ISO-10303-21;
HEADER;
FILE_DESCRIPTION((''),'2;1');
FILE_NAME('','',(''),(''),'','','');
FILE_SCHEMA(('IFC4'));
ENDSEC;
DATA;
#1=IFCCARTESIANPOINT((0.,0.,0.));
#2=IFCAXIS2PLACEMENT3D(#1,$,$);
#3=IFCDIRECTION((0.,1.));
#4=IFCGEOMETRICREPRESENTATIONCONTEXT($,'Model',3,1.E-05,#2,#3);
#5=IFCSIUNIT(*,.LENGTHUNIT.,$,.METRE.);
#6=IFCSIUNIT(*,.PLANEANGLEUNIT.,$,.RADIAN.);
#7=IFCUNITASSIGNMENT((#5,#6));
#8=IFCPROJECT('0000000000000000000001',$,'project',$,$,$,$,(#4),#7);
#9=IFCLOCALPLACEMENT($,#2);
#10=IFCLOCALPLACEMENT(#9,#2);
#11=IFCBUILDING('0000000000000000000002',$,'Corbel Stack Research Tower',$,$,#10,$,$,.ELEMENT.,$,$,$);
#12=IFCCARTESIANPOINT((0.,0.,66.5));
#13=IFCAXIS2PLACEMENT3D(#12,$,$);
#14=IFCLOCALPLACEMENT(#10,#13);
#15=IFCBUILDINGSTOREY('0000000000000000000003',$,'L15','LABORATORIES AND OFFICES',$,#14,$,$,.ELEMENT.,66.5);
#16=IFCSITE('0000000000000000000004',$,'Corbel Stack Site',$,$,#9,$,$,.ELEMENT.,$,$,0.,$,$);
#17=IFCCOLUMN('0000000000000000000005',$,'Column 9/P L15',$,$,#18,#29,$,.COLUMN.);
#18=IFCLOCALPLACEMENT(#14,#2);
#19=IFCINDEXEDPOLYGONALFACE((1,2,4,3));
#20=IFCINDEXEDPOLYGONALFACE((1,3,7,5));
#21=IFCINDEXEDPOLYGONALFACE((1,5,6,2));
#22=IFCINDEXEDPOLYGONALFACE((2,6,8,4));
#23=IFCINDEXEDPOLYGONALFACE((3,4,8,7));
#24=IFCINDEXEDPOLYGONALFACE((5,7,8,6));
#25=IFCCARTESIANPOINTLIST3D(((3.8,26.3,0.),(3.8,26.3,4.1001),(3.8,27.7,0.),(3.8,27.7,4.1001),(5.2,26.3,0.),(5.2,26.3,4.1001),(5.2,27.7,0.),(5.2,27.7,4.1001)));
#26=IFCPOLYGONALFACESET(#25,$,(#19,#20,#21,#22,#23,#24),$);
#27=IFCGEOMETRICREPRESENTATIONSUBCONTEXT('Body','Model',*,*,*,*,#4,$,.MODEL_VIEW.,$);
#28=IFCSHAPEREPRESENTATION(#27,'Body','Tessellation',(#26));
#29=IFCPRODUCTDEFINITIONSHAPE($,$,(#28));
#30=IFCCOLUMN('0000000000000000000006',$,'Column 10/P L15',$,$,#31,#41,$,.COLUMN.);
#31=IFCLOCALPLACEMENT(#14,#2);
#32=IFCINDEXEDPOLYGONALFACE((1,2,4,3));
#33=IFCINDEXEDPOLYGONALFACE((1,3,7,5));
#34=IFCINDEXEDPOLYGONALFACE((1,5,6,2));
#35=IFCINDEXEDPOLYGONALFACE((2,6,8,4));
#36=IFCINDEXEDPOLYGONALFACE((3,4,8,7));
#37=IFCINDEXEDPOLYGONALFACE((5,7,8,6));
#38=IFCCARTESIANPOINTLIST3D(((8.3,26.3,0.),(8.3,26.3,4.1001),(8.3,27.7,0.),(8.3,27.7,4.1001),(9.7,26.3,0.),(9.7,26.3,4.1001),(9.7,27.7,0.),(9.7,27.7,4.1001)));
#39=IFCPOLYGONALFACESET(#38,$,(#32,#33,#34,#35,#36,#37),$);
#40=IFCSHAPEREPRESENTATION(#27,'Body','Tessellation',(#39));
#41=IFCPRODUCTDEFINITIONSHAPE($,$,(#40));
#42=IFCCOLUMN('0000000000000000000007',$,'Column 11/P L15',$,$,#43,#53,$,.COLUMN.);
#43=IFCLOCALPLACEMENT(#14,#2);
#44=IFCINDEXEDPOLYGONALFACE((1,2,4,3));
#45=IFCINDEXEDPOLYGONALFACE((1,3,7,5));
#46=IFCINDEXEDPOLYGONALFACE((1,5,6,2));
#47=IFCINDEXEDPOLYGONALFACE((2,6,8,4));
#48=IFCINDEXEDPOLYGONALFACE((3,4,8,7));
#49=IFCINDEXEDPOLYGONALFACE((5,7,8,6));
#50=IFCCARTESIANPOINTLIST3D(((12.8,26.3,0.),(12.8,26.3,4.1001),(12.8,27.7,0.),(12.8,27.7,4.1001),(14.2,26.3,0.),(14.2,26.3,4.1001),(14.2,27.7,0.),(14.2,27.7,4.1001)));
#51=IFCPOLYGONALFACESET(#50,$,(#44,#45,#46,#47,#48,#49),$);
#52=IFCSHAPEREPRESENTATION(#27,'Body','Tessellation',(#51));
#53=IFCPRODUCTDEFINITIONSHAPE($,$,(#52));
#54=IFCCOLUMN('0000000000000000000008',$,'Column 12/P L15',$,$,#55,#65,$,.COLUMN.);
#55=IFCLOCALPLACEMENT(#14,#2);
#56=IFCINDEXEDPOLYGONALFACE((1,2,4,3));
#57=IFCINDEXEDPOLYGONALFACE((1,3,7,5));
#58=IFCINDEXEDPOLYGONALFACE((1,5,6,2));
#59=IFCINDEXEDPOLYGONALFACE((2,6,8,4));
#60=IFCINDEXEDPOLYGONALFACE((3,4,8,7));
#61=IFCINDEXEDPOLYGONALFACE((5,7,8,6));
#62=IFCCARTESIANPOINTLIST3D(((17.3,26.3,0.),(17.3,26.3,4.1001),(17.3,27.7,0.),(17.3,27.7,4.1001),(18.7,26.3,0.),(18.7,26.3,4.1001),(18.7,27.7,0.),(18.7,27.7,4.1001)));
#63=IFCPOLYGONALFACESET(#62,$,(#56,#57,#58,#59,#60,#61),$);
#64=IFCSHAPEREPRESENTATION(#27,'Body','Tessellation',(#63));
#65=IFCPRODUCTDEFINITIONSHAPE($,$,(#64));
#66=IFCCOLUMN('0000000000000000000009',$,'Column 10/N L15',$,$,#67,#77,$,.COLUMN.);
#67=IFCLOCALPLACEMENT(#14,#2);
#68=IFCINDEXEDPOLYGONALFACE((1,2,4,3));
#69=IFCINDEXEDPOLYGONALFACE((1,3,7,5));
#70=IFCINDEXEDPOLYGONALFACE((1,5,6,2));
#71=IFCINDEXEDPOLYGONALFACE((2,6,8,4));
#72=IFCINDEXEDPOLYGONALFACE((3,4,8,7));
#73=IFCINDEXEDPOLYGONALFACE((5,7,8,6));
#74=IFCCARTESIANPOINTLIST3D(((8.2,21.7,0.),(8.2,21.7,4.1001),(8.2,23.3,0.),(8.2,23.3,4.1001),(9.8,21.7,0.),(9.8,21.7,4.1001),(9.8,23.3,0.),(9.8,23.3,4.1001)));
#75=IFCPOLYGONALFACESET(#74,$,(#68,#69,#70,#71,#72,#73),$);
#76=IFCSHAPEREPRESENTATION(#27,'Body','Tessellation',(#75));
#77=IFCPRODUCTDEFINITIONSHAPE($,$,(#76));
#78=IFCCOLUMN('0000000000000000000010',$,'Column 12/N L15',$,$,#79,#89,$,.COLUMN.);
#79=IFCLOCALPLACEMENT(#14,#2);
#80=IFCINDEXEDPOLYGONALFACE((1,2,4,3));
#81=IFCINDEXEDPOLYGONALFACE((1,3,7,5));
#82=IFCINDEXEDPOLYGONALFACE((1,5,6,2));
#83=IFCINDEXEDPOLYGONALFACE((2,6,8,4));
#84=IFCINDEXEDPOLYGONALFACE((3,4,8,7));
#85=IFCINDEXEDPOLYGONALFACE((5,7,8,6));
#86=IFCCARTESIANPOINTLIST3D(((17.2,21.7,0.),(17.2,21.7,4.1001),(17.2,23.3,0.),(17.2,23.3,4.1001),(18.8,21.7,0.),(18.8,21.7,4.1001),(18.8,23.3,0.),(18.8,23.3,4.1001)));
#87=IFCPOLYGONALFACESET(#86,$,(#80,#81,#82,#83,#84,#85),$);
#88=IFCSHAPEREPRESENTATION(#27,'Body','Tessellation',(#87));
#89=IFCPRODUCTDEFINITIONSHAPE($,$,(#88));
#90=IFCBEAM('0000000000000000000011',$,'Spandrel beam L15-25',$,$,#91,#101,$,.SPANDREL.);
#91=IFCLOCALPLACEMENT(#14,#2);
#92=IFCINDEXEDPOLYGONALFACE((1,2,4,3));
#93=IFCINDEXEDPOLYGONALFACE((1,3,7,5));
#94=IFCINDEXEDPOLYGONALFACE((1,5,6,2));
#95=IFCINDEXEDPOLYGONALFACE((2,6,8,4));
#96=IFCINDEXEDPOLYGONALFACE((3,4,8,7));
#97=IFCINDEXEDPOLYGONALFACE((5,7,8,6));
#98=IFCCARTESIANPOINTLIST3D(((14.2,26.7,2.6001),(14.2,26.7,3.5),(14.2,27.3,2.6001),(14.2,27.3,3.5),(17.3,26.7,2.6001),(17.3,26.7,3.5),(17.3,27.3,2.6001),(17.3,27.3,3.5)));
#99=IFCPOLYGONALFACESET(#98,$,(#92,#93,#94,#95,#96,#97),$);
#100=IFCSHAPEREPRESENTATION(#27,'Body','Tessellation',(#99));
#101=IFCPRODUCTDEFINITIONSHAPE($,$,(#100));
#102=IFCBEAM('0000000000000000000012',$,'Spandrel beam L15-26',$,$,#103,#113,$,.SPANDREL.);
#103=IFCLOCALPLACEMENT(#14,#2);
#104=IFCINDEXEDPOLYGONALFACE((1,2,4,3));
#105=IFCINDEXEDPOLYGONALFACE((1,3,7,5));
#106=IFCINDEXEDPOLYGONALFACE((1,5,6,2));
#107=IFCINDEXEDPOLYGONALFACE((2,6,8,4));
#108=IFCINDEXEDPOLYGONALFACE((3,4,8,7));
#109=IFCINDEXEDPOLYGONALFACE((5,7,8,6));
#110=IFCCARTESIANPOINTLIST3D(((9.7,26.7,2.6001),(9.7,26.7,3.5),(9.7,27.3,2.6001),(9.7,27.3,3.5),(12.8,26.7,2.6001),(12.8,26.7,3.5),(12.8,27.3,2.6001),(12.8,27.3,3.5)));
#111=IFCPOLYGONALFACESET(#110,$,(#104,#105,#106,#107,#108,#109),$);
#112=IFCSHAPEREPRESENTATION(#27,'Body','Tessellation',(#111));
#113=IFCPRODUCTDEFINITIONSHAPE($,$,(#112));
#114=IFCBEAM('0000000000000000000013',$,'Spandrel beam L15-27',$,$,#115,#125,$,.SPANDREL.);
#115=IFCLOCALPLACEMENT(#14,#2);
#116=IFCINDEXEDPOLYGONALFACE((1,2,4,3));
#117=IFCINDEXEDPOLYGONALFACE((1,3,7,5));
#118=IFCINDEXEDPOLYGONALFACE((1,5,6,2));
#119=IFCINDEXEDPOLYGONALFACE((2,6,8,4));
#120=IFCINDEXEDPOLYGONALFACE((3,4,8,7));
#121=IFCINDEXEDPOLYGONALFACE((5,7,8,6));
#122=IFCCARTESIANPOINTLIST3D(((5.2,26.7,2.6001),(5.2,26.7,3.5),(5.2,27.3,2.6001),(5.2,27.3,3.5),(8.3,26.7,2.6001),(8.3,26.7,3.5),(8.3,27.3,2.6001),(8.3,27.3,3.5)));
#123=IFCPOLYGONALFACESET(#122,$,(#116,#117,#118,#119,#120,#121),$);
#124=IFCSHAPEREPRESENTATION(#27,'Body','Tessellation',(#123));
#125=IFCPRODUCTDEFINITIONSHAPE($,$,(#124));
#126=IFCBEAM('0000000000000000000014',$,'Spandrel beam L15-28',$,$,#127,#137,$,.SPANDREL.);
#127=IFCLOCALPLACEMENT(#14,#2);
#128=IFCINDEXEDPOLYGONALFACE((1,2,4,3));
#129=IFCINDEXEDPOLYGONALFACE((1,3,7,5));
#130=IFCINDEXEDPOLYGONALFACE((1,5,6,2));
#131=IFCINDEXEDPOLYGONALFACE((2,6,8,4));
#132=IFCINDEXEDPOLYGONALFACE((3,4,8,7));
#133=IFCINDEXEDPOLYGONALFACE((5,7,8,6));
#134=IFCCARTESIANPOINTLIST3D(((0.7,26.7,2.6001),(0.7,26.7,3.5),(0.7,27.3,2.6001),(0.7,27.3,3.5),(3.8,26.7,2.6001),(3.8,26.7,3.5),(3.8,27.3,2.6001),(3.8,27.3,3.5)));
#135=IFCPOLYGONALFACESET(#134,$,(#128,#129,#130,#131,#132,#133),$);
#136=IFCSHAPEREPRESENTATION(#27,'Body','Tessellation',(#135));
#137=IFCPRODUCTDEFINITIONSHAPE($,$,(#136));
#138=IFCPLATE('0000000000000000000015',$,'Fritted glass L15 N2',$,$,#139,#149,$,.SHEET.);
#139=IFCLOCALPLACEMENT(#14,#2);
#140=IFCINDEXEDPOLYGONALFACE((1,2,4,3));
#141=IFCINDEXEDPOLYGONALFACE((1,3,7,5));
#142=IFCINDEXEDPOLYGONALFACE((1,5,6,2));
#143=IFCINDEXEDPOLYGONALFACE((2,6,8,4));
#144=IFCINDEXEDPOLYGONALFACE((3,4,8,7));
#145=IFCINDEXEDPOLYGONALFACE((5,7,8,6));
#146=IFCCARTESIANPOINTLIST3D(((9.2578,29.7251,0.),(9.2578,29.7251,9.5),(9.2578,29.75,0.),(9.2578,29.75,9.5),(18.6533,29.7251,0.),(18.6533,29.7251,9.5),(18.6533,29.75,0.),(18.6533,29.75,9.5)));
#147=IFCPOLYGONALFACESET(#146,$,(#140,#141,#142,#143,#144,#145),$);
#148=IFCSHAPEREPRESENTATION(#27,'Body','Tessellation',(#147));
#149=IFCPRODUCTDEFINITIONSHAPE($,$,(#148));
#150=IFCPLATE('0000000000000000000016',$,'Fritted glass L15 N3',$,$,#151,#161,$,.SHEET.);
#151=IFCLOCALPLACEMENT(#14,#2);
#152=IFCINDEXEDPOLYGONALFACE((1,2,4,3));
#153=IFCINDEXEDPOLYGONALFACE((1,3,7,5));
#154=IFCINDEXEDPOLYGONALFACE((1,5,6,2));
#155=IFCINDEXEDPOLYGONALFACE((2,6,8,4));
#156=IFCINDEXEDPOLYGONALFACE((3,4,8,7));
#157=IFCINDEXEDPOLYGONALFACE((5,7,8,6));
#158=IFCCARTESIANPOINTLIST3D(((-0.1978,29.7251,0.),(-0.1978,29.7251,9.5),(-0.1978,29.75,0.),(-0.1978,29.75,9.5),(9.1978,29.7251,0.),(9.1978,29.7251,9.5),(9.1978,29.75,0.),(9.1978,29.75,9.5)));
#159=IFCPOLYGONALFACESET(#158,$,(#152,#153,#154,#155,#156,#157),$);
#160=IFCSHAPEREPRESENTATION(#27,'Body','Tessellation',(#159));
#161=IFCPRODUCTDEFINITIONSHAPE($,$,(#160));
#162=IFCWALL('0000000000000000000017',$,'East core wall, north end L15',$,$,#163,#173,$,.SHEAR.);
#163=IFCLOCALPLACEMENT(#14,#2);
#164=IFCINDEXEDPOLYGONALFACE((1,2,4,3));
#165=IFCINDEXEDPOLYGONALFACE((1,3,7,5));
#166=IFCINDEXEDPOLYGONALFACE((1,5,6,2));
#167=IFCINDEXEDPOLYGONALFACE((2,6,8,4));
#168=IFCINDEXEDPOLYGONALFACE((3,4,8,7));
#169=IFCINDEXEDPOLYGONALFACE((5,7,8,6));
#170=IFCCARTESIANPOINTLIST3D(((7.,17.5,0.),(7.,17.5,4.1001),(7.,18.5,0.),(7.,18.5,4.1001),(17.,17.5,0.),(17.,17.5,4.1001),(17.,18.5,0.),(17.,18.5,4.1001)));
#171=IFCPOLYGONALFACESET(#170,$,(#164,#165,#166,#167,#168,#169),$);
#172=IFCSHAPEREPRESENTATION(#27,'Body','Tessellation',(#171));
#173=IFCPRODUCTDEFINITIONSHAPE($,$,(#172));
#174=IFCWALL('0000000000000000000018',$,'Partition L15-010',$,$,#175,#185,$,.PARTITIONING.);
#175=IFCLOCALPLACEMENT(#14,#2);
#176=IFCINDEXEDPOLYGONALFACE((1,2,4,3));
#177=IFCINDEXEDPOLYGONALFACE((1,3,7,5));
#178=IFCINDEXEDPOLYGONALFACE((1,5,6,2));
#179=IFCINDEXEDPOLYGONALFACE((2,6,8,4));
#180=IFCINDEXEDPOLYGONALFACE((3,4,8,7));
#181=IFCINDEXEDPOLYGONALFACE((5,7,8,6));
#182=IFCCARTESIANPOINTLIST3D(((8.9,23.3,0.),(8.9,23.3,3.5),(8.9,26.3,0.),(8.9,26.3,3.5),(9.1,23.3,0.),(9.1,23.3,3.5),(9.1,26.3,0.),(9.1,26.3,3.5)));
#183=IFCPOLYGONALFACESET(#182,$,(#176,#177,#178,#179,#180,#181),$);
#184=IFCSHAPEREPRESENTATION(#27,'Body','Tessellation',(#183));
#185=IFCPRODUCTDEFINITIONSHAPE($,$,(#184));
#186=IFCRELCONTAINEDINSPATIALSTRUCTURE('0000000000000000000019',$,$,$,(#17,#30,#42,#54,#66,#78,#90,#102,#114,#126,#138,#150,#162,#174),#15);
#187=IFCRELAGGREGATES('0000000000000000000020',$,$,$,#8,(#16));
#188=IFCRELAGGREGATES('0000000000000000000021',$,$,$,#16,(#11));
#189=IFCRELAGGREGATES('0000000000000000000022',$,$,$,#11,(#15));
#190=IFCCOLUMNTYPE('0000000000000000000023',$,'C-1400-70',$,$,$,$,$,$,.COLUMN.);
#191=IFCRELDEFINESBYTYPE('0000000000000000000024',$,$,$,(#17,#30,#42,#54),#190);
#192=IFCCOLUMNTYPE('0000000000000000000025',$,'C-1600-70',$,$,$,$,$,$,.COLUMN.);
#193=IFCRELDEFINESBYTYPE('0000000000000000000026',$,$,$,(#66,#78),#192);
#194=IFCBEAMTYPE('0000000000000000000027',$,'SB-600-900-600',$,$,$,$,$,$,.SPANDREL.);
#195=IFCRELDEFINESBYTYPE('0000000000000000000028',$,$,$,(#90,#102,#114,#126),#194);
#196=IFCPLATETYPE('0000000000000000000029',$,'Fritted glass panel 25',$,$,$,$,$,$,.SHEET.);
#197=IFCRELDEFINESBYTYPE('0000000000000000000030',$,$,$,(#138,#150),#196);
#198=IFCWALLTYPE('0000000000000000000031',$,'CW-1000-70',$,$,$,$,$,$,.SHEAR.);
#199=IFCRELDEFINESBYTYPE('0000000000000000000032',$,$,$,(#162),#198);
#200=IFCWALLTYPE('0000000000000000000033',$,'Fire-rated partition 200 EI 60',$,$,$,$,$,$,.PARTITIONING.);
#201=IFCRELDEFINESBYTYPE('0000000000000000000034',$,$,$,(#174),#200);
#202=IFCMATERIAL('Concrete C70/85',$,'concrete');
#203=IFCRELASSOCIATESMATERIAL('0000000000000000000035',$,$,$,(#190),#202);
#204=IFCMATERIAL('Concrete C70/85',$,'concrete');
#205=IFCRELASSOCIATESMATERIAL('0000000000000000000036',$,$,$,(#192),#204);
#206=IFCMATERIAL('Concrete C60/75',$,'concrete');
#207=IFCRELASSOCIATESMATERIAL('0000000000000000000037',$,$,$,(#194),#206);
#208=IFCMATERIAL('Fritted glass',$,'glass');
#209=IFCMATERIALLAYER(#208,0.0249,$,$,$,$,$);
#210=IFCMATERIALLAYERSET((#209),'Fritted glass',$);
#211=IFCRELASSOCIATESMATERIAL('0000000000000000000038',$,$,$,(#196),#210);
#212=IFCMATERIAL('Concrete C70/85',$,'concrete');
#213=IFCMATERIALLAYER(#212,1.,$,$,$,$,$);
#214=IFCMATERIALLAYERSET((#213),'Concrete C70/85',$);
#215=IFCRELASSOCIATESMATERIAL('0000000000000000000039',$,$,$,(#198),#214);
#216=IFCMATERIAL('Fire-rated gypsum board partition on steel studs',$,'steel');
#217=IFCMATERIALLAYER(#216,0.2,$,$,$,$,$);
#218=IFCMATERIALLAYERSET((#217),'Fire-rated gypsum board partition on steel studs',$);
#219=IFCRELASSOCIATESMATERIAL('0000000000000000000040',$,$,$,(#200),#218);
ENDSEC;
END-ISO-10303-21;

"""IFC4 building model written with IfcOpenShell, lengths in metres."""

from ifc_helpers import new_model, si_unit, direction, frame, frame_2d, origin, origin_2d, place, context, subcontext, project, spatial, rectangle, extrude, material, layer, layer_set, material_profile, profile_set, type_object, element, save


model = new_model("IFC4")

# Units and contexts
model_context = context("Model", 3, precision=1e-05, world=origin(), true_north=direction((0.0, 1.0)))
body_context = subcontext(model_context, "Body", "Model", "MODEL_VIEW")
ifc_project = project(units=[si_unit("LENGTHUNIT", "METRE"), si_unit("PLANEANGLEUNIT", "RADIAN")], contexts=[model_context])

# Site, building, storey
site_placement = place(None, origin())
site = spatial("IfcSite", under=ifc_project, at=site_placement, Name="Corbel Stack Site", CompositionType="ELEMENT", RefElevation=0.0)
building_placement = place(site_placement, origin())
building = spatial("IfcBuilding", under=site, at=building_placement, Name="Corbel Stack Research Tower", CompositionType="ELEMENT")
storey_placement = place(building_placement, frame((0.0, 0.0, 66.5)))
storey = spatial("IfcBuildingStorey", under=building, at=storey_placement, Name="L15", Description="LABORATORIES AND OFFICES", CompositionType="ELEMENT", Elevation=66.5)

# Columns
ifc_material_1 = material(Name="Concrete C70/85", Category="concrete")
ifc_material_profile_1 = material_profile(ifc_material_1, rectangle(XDim=1.3999, YDim=1.3999, at=origin_2d()), Name="RC 1400 x 1400")
ifc_profile_set_1 = profile_set([ifc_material_profile_1], Name="Concrete C70/85")
column_type_1 = type_object("IfcColumnType", Name="C-1400-70", PredefinedType="COLUMN", material=ifc_profile_set_1)
for number, where, z_axis, x_axis, name in (
    (1, (4.5, 27.0, 0.0), (0.0, 0.0, 1.0), (1.0, 0.0, 0.0), "Column 9/P L15"),
    (2, (9.0, 27.0, 0.0), (0.0, 0.0, 1.0), (1.0, 0.0, 0.0), "Column 10/P L15"),
    (3, (13.5, 27.0, 0.0), (0.0, 0.0, 1.0), (1.0, 0.0, 0.0), "Column 11/P L15"),
    (4, (18.0, 27.0, 0.0), (0.0, 0.0, 1.0), (1.0, 0.0, 0.0), "Column 12/P L15"),
):
    element("IfcColumn", number, at=place(storey_placement, frame(where, z_axis=z_axis, x_axis=x_axis)), inside=storey, type_object=column_type_1, Name=name, PredefinedType="COLUMN", context=body_context, shape_type="SweptSolid", body=[
        extrude(rectangle(XDim=1.3999, YDim=1.3999, at=origin_2d()), origin(), (0.0, 0.0, 1.0), 4.1001),
    ])
ifc_material_2 = material(Name="Concrete C70/85", Category="concrete")
ifc_material_profile_2 = material_profile(ifc_material_2, rectangle(XDim=1.6001, YDim=1.6001, at=origin_2d()), Name="RC 1600 x 1600")
ifc_profile_set_2 = profile_set([ifc_material_profile_2], Name="Concrete C70/85")
column_type_2 = type_object("IfcColumnType", Name="C-1600-70", PredefinedType="COLUMN", material=ifc_profile_set_2)
for number, where, z_axis, x_axis, name in (
    (5, (9.0, 22.5, 0.0), (0.0, 0.0, 1.0), (1.0, 0.0, 0.0), "Column 10/N L15"),
    (6, (18.0, 22.5, 0.0), (0.0, 0.0, 1.0), (1.0, 0.0, 0.0), "Column 12/N L15"),
):
    element("IfcColumn", number, at=place(storey_placement, frame(where, z_axis=z_axis, x_axis=x_axis)), inside=storey, type_object=column_type_2, Name=name, PredefinedType="COLUMN", context=body_context, shape_type="SweptSolid", body=[
        extrude(rectangle(XDim=1.6001, YDim=1.6001, at=origin_2d()), origin(), (0.0, 0.0, 1.0), 4.1001),
    ])

# Beams
ifc_material_3 = material(Name="Concrete C60/75", Category="concrete")
ifc_material_profile_3 = material_profile(ifc_material_3, rectangle(XDim=0.6001, YDim=0.8999, at=origin_2d()), Name="RC 600 x 900")
ifc_profile_set_3 = profile_set([ifc_material_profile_3], Name="Concrete C60/75")
beam_type = type_object("IfcBeamType", Name="SB-600-900-600", PredefinedType="SPANDREL", material=ifc_profile_set_3)
for number, where, z_axis, x_axis, name in (
    (7, (17.3, 27.0, 3.05), (-1.0, 0.0, 0.0), (0.0, -1.0, 0.0), "Spandrel beam L15-25"),
    (8, (12.8, 27.0, 3.05), (-1.0, 0.0, 0.0), (0.0, -1.0, 0.0), "Spandrel beam L15-26"),
    (9, (8.3, 27.0, 3.05), (-1.0, 0.0, 0.0), (0.0, -1.0, 0.0), "Spandrel beam L15-27"),
    (10, (3.8, 27.0, 3.05), (-1.0, 0.0, 0.0), (0.0, -1.0, 0.0), "Spandrel beam L15-28"),
):
    element("IfcBeam", number, at=place(storey_placement, frame(where, z_axis=z_axis, x_axis=x_axis)), inside=storey, type_object=beam_type, Name=name, PredefinedType="SPANDREL", context=body_context, shape_type="SweptSolid", body=[
        extrude(rectangle(XDim=0.6001, YDim=0.8999, at=origin_2d()), origin(), (0.0, 0.0, 1.0), 3.1001),
    ])

# Plates
ifc_material_4 = material(Name="Fritted glass", Category="glass")
ifc_layer_1 = layer(ifc_material_4, 0.0249)
ifc_layer_set_1 = layer_set([ifc_layer_1], Name="Fritted glass")
plate_type = type_object("IfcPlateType", Name="Fritted glass panel 25", PredefinedType="SHEET", material=ifc_layer_set_1)
for number, where, z_axis, x_axis, name in (
    (11, (13.9556, 29.7375, 0.0), (0.0, 0.0, 1.0), (-1.0, 0.0, 0.0), "Fritted glass L15 N2"),
    (12, (4.5, 29.7375, 0.0), (0.0, 0.0, 1.0), (-1.0, 0.0, 0.0), "Fritted glass L15 N3"),
):
    element("IfcPlate", number, at=place(storey_placement, frame(where, z_axis=z_axis, x_axis=x_axis)), inside=storey, type_object=plate_type, Name=name, PredefinedType="SHEET", context=body_context, shape_type="SweptSolid", body=[
        extrude(rectangle(XDim=9.3955, YDim=0.0249, at=origin_2d()), origin(), (0.0, 0.0, 1.0), 9.5),
    ])

# Walls
ifc_material_5 = material(Name="Concrete C70/85", Category="concrete")
ifc_layer_2 = layer(ifc_material_5, 1.0)
ifc_layer_set_2 = layer_set([ifc_layer_2], Name="Concrete C70/85")
wall_type_1 = type_object("IfcWallType", Name="CW-1000-70", PredefinedType="SHEAR", material=ifc_layer_set_2)
wall_1_placement = place(storey_placement, frame((7.0, 18.0, 0.0), z_axis=(0.0, 0.0, 1.0), x_axis=(1.0, 0.0, 0.0)))
element("IfcWall", 13, at=wall_1_placement, inside=storey, type_object=wall_type_1, Name="East core wall, north end L15", PredefinedType="SHEAR", context=body_context, shape_type="SweptSolid", body=[
    extrude(rectangle(XDim=10.0, YDim=1.0, at=frame_2d((5.0, 0.0))), origin(), (0.0, 0.0, 1.0), 4.1001),
])
ifc_material_6 = material(Name="Fire-rated gypsum board partition on steel studs", Category="steel")
ifc_layer_3 = layer(ifc_material_6, 0.2)
ifc_layer_set_3 = layer_set([ifc_layer_3], Name="Fire-rated gypsum board partition on steel studs")
wall_type_2 = type_object("IfcWallType", Name="Fire-rated partition 200 EI 60", PredefinedType="PARTITIONING", material=ifc_layer_set_3)
wall_2_placement = place(storey_placement, frame((9.0, 23.3, 0.0), z_axis=(0.0, 0.0, 1.0), x_axis=(0.0, 1.0, 0.0)))
element("IfcWall", 14, at=wall_2_placement, inside=storey, type_object=wall_type_2, Name="Partition L15-010", PredefinedType="PARTITIONING", context=body_context, shape_type="SweptSolid", body=[
    extrude(rectangle(XDim=3.0, YDim=0.2, at=frame_2d((1.5, 0.0))), origin(), (0.0, 0.0, 1.0), 3.5),
])

save(model, "model.ifc")
